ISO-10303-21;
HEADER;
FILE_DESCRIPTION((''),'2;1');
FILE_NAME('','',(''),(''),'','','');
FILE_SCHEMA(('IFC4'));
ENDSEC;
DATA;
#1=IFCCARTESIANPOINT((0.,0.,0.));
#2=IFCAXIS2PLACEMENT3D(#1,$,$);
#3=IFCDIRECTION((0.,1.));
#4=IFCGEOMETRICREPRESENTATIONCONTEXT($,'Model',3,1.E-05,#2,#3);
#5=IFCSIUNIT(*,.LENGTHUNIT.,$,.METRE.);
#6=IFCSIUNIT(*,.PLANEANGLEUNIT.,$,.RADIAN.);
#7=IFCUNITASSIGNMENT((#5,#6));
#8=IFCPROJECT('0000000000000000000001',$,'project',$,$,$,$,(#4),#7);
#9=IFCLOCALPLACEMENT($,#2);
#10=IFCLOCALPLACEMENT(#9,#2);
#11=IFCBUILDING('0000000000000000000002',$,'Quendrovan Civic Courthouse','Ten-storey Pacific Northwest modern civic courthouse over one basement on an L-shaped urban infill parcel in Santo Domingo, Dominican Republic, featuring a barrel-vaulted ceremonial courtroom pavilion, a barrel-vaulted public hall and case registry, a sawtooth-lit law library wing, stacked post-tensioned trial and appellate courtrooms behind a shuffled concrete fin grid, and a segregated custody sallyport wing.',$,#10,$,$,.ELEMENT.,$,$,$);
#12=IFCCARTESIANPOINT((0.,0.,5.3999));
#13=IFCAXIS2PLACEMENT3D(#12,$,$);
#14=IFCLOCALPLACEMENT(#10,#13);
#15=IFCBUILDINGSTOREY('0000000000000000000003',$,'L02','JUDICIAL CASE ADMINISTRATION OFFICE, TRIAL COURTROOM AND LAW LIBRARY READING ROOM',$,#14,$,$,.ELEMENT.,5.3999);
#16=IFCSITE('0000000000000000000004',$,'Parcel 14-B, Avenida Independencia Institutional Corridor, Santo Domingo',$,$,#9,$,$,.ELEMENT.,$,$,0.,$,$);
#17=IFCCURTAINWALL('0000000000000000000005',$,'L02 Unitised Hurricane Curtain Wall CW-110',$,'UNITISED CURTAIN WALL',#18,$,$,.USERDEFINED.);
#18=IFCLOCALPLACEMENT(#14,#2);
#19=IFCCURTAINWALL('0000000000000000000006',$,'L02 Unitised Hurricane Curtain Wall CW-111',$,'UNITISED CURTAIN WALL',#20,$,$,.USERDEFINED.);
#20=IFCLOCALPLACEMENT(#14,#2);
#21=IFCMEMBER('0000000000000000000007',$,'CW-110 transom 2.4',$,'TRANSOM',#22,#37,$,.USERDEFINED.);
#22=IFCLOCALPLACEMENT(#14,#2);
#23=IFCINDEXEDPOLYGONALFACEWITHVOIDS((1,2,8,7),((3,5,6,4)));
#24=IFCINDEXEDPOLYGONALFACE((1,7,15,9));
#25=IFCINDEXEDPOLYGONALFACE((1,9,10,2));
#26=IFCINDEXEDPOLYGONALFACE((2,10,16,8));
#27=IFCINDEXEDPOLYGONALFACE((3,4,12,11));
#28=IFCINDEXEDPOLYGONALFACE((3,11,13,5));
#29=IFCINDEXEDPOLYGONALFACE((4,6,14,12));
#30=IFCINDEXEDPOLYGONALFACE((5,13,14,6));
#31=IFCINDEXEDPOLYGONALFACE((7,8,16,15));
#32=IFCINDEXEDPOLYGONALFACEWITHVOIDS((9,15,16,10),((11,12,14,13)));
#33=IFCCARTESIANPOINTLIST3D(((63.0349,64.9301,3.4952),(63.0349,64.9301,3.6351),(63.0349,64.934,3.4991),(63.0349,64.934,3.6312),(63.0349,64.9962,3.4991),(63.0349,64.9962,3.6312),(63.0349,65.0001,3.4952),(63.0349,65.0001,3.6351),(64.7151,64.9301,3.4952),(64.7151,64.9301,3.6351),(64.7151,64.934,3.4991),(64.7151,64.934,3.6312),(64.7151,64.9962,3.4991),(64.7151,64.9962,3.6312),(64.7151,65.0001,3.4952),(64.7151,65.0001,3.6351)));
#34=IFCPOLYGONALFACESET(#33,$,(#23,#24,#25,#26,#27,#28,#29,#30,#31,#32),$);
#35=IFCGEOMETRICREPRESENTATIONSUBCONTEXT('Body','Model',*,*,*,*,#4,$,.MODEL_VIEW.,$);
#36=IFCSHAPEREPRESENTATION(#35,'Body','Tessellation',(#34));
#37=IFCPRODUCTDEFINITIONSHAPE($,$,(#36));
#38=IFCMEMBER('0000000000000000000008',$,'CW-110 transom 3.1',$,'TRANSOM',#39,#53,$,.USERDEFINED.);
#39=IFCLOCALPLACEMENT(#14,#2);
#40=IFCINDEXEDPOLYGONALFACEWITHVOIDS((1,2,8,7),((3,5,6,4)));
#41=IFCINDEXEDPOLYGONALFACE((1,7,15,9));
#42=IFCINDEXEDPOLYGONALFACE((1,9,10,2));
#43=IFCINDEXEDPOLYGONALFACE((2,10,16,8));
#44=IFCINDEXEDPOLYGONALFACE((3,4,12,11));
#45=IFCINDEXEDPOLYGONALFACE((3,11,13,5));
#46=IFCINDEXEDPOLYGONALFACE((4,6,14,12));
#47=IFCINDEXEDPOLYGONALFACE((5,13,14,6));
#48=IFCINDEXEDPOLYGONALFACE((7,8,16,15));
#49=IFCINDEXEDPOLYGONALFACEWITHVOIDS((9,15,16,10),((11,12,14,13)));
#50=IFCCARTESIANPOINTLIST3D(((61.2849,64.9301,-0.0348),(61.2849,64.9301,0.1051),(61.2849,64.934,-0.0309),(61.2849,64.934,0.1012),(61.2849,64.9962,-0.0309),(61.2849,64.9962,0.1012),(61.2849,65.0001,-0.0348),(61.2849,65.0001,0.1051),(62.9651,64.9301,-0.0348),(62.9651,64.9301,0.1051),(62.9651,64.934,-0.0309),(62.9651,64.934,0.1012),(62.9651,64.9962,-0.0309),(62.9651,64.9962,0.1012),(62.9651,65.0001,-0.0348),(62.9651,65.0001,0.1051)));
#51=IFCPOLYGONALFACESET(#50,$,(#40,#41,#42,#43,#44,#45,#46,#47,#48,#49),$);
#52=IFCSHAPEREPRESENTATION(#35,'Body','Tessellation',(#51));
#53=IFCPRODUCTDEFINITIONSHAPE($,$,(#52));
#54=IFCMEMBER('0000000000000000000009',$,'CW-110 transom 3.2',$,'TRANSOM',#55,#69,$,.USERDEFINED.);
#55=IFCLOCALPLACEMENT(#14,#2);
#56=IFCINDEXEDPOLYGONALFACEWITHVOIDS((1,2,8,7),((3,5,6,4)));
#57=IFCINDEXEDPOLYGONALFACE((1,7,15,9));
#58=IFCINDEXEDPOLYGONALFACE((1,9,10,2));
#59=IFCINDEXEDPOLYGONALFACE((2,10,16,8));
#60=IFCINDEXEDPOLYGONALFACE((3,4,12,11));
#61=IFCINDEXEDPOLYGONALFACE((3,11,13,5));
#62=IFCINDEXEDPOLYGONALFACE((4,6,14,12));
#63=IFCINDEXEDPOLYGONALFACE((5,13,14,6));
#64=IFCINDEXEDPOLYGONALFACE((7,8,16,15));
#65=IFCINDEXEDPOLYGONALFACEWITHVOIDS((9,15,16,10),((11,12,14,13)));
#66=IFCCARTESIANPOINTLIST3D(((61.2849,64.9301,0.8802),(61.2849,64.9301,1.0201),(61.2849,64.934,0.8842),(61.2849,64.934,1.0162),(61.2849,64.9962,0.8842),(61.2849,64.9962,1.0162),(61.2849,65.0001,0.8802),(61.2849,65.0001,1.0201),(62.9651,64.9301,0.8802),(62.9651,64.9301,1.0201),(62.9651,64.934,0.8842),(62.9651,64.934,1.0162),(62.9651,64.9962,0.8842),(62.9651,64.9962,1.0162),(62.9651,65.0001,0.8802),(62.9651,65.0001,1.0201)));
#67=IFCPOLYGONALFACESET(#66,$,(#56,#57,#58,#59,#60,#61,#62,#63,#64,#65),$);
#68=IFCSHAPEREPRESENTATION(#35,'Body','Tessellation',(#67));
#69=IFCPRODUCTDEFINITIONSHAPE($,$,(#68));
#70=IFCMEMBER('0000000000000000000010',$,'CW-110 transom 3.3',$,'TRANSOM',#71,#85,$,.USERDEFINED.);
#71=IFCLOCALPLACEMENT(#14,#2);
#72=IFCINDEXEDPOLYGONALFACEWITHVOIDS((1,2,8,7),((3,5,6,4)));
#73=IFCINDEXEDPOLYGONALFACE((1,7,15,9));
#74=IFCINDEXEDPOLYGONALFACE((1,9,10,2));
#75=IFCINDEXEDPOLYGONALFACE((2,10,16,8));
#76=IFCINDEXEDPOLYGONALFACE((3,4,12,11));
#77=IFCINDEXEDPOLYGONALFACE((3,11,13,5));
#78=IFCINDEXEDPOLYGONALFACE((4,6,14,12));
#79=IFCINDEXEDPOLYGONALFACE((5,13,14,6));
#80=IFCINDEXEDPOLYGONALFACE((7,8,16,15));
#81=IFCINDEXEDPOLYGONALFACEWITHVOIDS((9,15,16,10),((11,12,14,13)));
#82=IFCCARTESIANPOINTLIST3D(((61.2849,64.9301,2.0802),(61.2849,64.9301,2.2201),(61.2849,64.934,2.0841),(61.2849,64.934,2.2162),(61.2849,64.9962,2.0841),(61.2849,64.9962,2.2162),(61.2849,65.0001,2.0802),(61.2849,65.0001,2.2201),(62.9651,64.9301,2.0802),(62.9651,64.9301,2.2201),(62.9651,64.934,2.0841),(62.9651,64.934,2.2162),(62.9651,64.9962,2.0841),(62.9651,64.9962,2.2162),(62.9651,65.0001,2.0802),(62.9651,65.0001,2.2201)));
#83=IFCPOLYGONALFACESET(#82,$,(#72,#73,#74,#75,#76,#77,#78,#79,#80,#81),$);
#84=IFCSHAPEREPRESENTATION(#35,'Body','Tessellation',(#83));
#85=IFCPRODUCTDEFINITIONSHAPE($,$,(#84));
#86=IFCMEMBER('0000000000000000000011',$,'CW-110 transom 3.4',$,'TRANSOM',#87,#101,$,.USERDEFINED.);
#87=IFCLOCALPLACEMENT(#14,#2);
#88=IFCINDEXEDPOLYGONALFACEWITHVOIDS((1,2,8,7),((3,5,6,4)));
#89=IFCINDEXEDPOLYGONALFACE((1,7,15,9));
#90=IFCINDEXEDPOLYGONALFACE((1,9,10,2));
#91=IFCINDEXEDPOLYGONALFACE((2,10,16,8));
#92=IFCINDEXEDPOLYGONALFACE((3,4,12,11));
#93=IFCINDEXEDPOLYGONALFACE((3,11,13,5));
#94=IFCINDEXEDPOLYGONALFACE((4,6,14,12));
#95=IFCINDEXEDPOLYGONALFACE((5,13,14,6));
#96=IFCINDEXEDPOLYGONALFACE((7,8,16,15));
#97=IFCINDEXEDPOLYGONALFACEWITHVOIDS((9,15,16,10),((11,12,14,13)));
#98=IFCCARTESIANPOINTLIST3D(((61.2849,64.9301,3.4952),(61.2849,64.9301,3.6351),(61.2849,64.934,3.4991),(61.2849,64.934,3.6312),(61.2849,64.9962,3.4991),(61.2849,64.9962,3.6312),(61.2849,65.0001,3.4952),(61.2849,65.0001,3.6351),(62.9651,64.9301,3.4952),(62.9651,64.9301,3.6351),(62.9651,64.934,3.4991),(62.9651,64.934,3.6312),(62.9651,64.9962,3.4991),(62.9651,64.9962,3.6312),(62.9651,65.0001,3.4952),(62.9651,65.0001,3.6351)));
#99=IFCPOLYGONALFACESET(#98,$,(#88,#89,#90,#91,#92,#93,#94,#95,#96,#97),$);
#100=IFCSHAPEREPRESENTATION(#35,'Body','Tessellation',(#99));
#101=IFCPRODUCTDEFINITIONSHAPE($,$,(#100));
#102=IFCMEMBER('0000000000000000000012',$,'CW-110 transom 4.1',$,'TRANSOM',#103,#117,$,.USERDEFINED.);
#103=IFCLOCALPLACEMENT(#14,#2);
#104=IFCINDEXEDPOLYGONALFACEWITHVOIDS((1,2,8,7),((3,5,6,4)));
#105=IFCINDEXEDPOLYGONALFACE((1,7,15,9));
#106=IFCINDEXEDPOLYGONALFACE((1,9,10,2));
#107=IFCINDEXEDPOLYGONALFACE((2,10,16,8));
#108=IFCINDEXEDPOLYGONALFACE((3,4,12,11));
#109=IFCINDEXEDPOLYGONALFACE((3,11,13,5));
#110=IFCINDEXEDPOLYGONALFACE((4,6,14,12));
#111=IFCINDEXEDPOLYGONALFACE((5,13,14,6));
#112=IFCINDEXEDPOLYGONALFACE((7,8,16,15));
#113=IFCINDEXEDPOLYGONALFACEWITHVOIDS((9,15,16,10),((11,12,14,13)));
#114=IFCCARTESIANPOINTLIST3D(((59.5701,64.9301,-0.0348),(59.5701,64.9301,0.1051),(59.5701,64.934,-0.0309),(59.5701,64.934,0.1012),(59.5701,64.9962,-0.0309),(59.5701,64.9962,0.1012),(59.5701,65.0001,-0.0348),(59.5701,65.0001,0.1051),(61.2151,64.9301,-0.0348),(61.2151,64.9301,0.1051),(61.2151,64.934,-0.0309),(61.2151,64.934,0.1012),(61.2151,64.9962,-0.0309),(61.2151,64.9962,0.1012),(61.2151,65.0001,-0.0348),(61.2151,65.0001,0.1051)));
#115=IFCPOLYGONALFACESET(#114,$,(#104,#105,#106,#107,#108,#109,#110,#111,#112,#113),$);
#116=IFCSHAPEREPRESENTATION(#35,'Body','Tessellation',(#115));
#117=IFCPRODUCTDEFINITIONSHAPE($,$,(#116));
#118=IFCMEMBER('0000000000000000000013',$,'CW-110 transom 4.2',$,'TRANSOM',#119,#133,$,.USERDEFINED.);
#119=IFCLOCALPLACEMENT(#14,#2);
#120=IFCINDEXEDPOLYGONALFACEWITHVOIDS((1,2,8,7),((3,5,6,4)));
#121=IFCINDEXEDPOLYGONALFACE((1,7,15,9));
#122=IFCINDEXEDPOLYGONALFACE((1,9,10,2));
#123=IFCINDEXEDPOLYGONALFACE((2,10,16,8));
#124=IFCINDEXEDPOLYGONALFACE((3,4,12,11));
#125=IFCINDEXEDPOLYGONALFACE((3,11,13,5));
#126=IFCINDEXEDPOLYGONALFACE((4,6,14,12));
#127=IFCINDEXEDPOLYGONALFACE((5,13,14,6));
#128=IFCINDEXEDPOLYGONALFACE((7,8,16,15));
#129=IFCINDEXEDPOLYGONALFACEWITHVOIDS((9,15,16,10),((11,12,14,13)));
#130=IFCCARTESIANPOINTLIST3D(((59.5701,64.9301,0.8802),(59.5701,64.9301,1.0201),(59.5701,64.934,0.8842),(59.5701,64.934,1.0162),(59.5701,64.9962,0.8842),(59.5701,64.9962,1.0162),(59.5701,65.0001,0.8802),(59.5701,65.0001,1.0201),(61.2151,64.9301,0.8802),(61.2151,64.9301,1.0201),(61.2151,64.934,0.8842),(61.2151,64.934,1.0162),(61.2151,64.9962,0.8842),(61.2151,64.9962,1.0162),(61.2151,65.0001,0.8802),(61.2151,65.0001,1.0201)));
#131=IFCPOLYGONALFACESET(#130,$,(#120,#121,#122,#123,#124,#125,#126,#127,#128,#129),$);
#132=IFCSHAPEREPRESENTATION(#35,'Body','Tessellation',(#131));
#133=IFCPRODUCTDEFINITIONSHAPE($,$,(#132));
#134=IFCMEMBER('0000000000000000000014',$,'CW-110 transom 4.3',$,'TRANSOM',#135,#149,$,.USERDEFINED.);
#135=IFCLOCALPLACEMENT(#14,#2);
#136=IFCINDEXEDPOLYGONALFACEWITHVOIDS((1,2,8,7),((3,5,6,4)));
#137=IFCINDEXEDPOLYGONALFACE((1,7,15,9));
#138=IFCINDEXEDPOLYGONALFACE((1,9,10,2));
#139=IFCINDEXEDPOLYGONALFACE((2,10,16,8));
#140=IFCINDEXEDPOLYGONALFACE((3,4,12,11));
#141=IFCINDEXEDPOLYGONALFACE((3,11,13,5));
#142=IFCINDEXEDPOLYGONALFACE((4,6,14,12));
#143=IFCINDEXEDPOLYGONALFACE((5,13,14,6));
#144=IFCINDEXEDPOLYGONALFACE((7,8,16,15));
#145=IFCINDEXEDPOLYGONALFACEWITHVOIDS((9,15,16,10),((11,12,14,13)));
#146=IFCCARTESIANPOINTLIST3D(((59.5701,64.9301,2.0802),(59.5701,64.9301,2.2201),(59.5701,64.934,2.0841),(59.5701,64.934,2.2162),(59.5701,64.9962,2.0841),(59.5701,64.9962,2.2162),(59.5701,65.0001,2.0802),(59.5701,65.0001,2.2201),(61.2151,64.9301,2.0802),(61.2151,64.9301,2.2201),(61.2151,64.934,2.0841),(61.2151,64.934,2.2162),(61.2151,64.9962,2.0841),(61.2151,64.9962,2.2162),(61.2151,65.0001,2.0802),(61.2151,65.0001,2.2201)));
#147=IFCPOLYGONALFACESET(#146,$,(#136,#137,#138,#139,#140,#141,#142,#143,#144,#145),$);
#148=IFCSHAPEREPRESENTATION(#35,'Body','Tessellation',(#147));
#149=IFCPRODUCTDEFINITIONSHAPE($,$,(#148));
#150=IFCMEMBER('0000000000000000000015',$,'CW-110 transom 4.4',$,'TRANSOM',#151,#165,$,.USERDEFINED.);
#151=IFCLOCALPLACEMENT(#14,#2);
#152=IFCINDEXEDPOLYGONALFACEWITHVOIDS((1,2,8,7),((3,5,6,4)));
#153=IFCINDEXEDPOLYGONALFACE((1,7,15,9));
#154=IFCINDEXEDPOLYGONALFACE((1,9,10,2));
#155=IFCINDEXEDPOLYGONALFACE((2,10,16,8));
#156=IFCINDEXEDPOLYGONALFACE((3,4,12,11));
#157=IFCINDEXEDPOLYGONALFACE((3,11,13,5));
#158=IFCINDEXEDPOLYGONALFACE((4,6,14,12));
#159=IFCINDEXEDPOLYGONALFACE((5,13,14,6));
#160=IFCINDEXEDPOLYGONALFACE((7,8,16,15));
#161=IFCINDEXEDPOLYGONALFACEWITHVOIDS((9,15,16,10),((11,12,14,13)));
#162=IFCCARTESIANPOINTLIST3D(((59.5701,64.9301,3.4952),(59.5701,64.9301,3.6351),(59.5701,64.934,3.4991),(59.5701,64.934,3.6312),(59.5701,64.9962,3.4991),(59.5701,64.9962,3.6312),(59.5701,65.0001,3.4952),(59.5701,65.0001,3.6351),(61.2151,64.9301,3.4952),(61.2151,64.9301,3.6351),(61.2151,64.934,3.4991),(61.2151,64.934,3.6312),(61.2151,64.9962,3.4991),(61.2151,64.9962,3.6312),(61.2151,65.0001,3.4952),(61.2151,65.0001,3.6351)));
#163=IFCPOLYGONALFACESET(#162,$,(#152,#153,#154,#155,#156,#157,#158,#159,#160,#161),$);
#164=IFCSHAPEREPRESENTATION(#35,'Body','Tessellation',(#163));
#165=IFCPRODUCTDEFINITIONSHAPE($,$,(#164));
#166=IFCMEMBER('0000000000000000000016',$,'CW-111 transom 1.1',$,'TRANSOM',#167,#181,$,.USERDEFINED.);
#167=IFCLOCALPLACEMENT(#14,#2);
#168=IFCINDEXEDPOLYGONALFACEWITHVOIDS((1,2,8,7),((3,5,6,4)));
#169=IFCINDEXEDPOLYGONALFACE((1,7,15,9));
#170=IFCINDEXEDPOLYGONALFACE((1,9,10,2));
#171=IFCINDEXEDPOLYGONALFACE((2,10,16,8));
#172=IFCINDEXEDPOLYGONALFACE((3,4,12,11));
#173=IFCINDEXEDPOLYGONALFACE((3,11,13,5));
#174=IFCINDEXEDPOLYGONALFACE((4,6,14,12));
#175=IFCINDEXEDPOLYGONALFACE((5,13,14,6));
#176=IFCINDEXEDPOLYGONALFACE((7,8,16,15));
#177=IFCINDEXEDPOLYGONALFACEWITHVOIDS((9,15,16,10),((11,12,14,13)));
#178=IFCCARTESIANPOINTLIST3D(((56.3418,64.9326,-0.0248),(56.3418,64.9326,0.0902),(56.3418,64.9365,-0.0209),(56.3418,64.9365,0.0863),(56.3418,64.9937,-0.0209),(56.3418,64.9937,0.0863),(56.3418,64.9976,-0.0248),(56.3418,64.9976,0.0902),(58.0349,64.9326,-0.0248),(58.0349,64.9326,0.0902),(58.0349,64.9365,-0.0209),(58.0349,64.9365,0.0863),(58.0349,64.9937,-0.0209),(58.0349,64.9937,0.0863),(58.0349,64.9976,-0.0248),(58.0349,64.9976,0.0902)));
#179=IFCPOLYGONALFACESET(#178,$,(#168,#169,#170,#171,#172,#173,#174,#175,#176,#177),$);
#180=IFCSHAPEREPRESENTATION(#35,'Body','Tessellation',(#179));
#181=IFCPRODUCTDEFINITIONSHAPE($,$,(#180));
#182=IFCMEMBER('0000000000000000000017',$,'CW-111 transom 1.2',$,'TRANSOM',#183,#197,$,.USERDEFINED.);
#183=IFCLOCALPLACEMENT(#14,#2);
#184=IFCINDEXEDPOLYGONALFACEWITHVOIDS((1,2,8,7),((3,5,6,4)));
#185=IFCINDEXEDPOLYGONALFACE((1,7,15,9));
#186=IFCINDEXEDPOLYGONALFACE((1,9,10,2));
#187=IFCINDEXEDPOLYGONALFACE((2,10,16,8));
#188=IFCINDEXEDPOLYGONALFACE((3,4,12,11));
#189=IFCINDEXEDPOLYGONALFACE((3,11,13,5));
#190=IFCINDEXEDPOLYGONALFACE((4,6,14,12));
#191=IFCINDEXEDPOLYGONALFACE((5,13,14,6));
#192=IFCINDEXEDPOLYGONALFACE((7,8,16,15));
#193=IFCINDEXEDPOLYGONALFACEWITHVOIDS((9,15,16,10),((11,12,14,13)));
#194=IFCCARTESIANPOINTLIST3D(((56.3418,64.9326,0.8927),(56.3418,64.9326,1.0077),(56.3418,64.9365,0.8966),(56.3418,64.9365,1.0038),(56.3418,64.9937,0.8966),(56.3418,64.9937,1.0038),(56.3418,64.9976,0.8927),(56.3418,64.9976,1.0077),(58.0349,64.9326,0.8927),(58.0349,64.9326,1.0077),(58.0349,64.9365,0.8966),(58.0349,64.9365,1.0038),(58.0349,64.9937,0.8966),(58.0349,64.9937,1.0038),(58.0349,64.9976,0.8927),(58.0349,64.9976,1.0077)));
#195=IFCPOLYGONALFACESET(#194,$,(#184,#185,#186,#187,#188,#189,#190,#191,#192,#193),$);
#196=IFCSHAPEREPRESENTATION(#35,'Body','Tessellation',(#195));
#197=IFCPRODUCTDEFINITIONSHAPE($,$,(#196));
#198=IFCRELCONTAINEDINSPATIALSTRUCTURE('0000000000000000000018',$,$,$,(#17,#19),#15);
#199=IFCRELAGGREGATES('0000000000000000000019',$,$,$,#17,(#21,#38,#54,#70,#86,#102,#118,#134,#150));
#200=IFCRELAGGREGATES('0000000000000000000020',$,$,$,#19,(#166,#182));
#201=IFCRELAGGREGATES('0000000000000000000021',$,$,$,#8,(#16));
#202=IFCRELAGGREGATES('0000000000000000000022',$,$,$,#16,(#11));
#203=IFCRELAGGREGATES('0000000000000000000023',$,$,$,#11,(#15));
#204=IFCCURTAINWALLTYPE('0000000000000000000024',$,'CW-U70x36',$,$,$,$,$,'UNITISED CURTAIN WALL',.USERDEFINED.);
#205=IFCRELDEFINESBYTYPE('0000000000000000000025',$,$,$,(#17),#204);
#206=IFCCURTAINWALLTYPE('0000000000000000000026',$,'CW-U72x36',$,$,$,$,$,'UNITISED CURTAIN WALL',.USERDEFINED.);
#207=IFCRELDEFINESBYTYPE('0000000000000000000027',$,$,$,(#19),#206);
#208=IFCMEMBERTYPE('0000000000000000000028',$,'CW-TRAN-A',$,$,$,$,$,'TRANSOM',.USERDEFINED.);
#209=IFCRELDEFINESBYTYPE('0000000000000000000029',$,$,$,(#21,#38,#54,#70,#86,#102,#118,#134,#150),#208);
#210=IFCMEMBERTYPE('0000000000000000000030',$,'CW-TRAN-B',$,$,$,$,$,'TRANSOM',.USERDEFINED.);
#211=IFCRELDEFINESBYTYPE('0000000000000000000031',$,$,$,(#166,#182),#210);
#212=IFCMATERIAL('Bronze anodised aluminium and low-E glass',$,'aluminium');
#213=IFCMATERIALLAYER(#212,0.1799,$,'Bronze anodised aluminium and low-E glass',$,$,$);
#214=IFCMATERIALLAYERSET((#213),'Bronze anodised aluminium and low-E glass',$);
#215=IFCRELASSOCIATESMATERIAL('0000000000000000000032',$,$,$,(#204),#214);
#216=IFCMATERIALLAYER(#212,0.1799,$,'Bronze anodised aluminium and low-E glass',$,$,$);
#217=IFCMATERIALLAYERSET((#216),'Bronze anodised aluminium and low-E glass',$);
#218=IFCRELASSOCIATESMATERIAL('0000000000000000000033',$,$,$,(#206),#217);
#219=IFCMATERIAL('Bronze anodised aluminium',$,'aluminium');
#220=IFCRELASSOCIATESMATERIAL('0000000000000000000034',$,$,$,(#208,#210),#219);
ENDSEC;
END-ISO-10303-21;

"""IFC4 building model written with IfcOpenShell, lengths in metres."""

from ifc_helpers import new_model, si_unit, direction, frame, origin, origin_2d, place, context, subcontext, project, spatial, hollow_rectangle, extrude, material, layer, layer_set, material_profile, profile_set, type_object, element, aggregate, save


model = new_model("IFC4")

# Units and contexts
model_context = context("Model", 3, precision=1e-05, world=origin(), true_north=direction((0.0, 1.0)))
body_context = subcontext(model_context, "Body", "Model", "MODEL_VIEW")
ifc_project = project(units=[si_unit("LENGTHUNIT", "METRE"), si_unit("PLANEANGLEUNIT", "RADIAN")], contexts=[model_context])

# Site, building, storey
site_placement = place(None, origin())
site = spatial("IfcSite", under=ifc_project, at=site_placement, Name="Parcel 14-B, Avenida Independencia Institutional Corridor, Santo Domingo", CompositionType="ELEMENT", RefElevation=0.0)
building_placement = place(site_placement, origin())
building = spatial("IfcBuilding", under=site, at=building_placement, Name="Quendrovan Civic Courthouse", Description="Ten-storey Pacific Northwest modern civic courthouse over one basement on an L-shaped urban infill parcel in Santo Domingo, Dominican Republic, featuring a barrel-vaulted ceremonial courtroom pavilion, a barrel-vaulted public hall and case registry, a sawtooth-lit law library wing, stacked post-tensioned trial and appellate courtrooms behind a shuffled concrete fin grid, and a segregated custody sallyport wing.", CompositionType="ELEMENT")
storey_placement = place(building_placement, frame((0.0, 0.0, 5.3999)))
storey = spatial("IfcBuildingStorey", under=building, at=storey_placement, Name="L02", Description="JUDICIAL CASE ADMINISTRATION OFFICE, TRIAL COURTROOM AND LAW LIBRARY READING ROOM", CompositionType="ELEMENT", Elevation=5.3999)

# Curtain wall
ifc_material_1 = material(Name="Bronze anodised aluminium and low-E glass", Category="aluminium")
ifc_layer_1 = layer(ifc_material_1, 0.1799, Name="Bronze anodised aluminium and low-E glass")
ifc_layer_set_1 = layer_set([ifc_layer_1], Name="Bronze anodised aluminium and low-E glass")
curtain_wall_type_1 = type_object("IfcCurtainWallType", Name="CW-U70x36", ElementType="UNITISED CURTAIN WALL", PredefinedType="USERDEFINED", material=ifc_layer_set_1)
curtain_wall_1_placement = place(storey_placement, origin())
curtain_wall_1 = element("IfcCurtainWall", 1, at=curtain_wall_1_placement, inside=storey, type_object=curtain_wall_type_1, Name="L02 Unitised Hurricane Curtain Wall CW-110", ObjectType="UNITISED CURTAIN WALL", PredefinedType="USERDEFINED")
ifc_material_2 = material(Name="Bronze anodised aluminium", Category="aluminium")

# Curtain wall
ifc_layer_2 = layer(ifc_material_1, 0.1799, Name="Bronze anodised aluminium and low-E glass")
ifc_layer_set_2 = layer_set([ifc_layer_2], Name="Bronze anodised aluminium and low-E glass")
curtain_wall_type_2 = type_object("IfcCurtainWallType", Name="CW-U72x36", ElementType="UNITISED CURTAIN WALL", PredefinedType="USERDEFINED", material=ifc_layer_set_2)
curtain_wall_2_placement = place(storey_placement, origin())
curtain_wall_2 = element("IfcCurtainWall", 2, at=curtain_wall_2_placement, inside=storey, type_object=curtain_wall_type_2, Name="L02 Unitised Hurricane Curtain Wall CW-111", ObjectType="UNITISED CURTAIN WALL", PredefinedType="USERDEFINED")

# Members
ifc_material_profile_1 = material_profile(ifc_material_2, hollow_rectangle(XDim=0.0701, YDim=0.1399, WallThickness=0.0039, at=origin_2d()), Name="CW-TRAN-70x140")
ifc_profile_set_1 = profile_set([ifc_material_profile_1], Name="Bronze anodised aluminium")
member_type_1 = type_object("IfcMemberType", Name="CW-TRAN-A", ElementType="TRANSOM", PredefinedType="USERDEFINED", material=ifc_profile_set_1)
member_1_placement = place(storey_placement, frame((64.7151, 64.9651, 3.5652), z_axis=(-1.0, 0.0, 0.0), x_axis=(0.0, -1.0, 0.0)))
member_1 = element("IfcMember", 3, at=member_1_placement, type_object=member_type_1, Name="CW-110 transom 2.4", ObjectType="TRANSOM", PredefinedType="USERDEFINED", context=body_context, shape_type="SweptSolid", body=[
    extrude(hollow_rectangle(XDim=0.0701, YDim=0.1399, WallThickness=0.0039, at=origin_2d()), origin(), (0.0, 0.0, 1.0), 1.6802),
])
member_2_placement = place(storey_placement, frame((62.9651, 64.9651, 0.0352), z_axis=(-1.0, 0.0, 0.0), x_axis=(0.0, -1.0, 0.0)))
member_2 = element("IfcMember", 4, at=member_2_placement, type_object=member_type_1, Name="CW-110 transom 3.1", ObjectType="TRANSOM", PredefinedType="USERDEFINED", context=body_context, shape_type="SweptSolid", body=[
    extrude(hollow_rectangle(XDim=0.0701, YDim=0.1399, WallThickness=0.0039, at=origin_2d()), origin(), (0.0, 0.0, 1.0), 1.6802),
])
member_3_placement = place(storey_placement, frame((62.9651, 64.9651, 0.9502), z_axis=(-1.0, 0.0, 0.0), x_axis=(0.0, -1.0, 0.0)))
member_3 = element("IfcMember", 5, at=member_3_placement, type_object=member_type_1, Name="CW-110 transom 3.2", ObjectType="TRANSOM", PredefinedType="USERDEFINED", context=body_context, shape_type="SweptSolid", body=[
    extrude(hollow_rectangle(XDim=0.0701, YDim=0.1399, WallThickness=0.0039, at=origin_2d()), origin(), (0.0, 0.0, 1.0), 1.6802),
])
member_4_placement = place(storey_placement, frame((62.9651, 64.9651, 2.1501), z_axis=(-1.0, 0.0, 0.0), x_axis=(0.0, -1.0, 0.0)))
member_4 = element("IfcMember", 6, at=member_4_placement, type_object=member_type_1, Name="CW-110 transom 3.3", ObjectType="TRANSOM", PredefinedType="USERDEFINED", context=body_context, shape_type="SweptSolid", body=[
    extrude(hollow_rectangle(XDim=0.0701, YDim=0.1399, WallThickness=0.0039, at=origin_2d()), origin(), (0.0, 0.0, 1.0), 1.6802),
])
member_5_placement = place(storey_placement, frame((62.9651, 64.9651, 3.5652), z_axis=(-1.0, 0.0, 0.0), x_axis=(0.0, -1.0, 0.0)))
member_5 = element("IfcMember", 7, at=member_5_placement, type_object=member_type_1, Name="CW-110 transom 3.4", ObjectType="TRANSOM", PredefinedType="USERDEFINED", context=body_context, shape_type="SweptSolid", body=[
    extrude(hollow_rectangle(XDim=0.0701, YDim=0.1399, WallThickness=0.0039, at=origin_2d()), origin(), (0.0, 0.0, 1.0), 1.6802),
])
member_6_placement = place(storey_placement, frame((61.2151, 64.9651, 0.0352), z_axis=(-1.0, 0.0, 0.0), x_axis=(0.0, -1.0, 0.0)))
member_6 = element("IfcMember", 8, at=member_6_placement, type_object=member_type_1, Name="CW-110 transom 4.1", ObjectType="TRANSOM", PredefinedType="USERDEFINED", context=body_context, shape_type="SweptSolid", body=[
    extrude(hollow_rectangle(XDim=0.0701, YDim=0.1399, WallThickness=0.0039, at=origin_2d()), origin(), (0.0, 0.0, 1.0), 1.645),
])
member_7_placement = place(storey_placement, frame((61.2151, 64.9651, 0.9502), z_axis=(-1.0, 0.0, 0.0), x_axis=(0.0, -1.0, 0.0)))
member_7 = element("IfcMember", 9, at=member_7_placement, type_object=member_type_1, Name="CW-110 transom 4.2", ObjectType="TRANSOM", PredefinedType="USERDEFINED", context=body_context, shape_type="SweptSolid", body=[
    extrude(hollow_rectangle(XDim=0.0701, YDim=0.1399, WallThickness=0.0039, at=origin_2d()), origin(), (0.0, 0.0, 1.0), 1.645),
])
member_8_placement = place(storey_placement, frame((61.2151, 64.9651, 2.1501), z_axis=(-1.0, 0.0, 0.0), x_axis=(0.0, -1.0, 0.0)))
member_8 = element("IfcMember", 10, at=member_8_placement, type_object=member_type_1, Name="CW-110 transom 4.3", ObjectType="TRANSOM", PredefinedType="USERDEFINED", context=body_context, shape_type="SweptSolid", body=[
    extrude(hollow_rectangle(XDim=0.0701, YDim=0.1399, WallThickness=0.0039, at=origin_2d()), origin(), (0.0, 0.0, 1.0), 1.645),
])
member_9_placement = place(storey_placement, frame((61.2151, 64.9651, 3.5652), z_axis=(-1.0, 0.0, 0.0), x_axis=(0.0, -1.0, 0.0)))
member_9 = element("IfcMember", 11, at=member_9_placement, type_object=member_type_1, Name="CW-110 transom 4.4", ObjectType="TRANSOM", PredefinedType="USERDEFINED", context=body_context, shape_type="SweptSolid", body=[
    extrude(hollow_rectangle(XDim=0.0701, YDim=0.1399, WallThickness=0.0039, at=origin_2d()), origin(), (0.0, 0.0, 1.0), 1.645),
])
ifc_material_profile_2 = material_profile(ifc_material_2, hollow_rectangle(XDim=0.0649, YDim=0.115, WallThickness=0.0039, at=origin_2d()), Name="CW-TRAN-65x115")
ifc_profile_set_2 = profile_set([ifc_material_profile_2], Name="Bronze anodised aluminium")
member_type_2 = type_object("IfcMemberType", Name="CW-TRAN-B", ElementType="TRANSOM", PredefinedType="USERDEFINED", material=ifc_profile_set_2)
member_10_placement = place(storey_placement, frame((58.0349, 64.9651, 0.0327), z_axis=(-1.0, 0.0, 0.0), x_axis=(0.0, -1.0, 0.0)))
member_10 = element("IfcMember", 12, at=member_10_placement, type_object=member_type_2, Name="CW-111 transom 1.1", ObjectType="TRANSOM", PredefinedType="USERDEFINED", context=body_context, shape_type="SweptSolid", body=[
    extrude(hollow_rectangle(XDim=0.0649, YDim=0.115, WallThickness=0.0039, at=origin_2d()), origin(), (0.0, 0.0, 1.0), 1.6931),
])
member_11_placement = place(storey_placement, frame((58.0349, 64.9651, 0.9502), z_axis=(-1.0, 0.0, 0.0), x_axis=(0.0, -1.0, 0.0)))
member_11 = element("IfcMember", 13, at=member_11_placement, type_object=member_type_2, Name="CW-111 transom 1.2", ObjectType="TRANSOM", PredefinedType="USERDEFINED", context=body_context, shape_type="SweptSolid", body=[
    extrude(hollow_rectangle(XDim=0.0649, YDim=0.115, WallThickness=0.0039, at=origin_2d()), origin(), (0.0, 0.0, 1.0), 1.6931),
])

aggregate(curtain_wall_1, [member_1, member_2, member_3, member_4, member_5, member_6, member_7, member_8, member_9])
aggregate(curtain_wall_2, [member_10, member_11])

save(model, "model.ifc")
